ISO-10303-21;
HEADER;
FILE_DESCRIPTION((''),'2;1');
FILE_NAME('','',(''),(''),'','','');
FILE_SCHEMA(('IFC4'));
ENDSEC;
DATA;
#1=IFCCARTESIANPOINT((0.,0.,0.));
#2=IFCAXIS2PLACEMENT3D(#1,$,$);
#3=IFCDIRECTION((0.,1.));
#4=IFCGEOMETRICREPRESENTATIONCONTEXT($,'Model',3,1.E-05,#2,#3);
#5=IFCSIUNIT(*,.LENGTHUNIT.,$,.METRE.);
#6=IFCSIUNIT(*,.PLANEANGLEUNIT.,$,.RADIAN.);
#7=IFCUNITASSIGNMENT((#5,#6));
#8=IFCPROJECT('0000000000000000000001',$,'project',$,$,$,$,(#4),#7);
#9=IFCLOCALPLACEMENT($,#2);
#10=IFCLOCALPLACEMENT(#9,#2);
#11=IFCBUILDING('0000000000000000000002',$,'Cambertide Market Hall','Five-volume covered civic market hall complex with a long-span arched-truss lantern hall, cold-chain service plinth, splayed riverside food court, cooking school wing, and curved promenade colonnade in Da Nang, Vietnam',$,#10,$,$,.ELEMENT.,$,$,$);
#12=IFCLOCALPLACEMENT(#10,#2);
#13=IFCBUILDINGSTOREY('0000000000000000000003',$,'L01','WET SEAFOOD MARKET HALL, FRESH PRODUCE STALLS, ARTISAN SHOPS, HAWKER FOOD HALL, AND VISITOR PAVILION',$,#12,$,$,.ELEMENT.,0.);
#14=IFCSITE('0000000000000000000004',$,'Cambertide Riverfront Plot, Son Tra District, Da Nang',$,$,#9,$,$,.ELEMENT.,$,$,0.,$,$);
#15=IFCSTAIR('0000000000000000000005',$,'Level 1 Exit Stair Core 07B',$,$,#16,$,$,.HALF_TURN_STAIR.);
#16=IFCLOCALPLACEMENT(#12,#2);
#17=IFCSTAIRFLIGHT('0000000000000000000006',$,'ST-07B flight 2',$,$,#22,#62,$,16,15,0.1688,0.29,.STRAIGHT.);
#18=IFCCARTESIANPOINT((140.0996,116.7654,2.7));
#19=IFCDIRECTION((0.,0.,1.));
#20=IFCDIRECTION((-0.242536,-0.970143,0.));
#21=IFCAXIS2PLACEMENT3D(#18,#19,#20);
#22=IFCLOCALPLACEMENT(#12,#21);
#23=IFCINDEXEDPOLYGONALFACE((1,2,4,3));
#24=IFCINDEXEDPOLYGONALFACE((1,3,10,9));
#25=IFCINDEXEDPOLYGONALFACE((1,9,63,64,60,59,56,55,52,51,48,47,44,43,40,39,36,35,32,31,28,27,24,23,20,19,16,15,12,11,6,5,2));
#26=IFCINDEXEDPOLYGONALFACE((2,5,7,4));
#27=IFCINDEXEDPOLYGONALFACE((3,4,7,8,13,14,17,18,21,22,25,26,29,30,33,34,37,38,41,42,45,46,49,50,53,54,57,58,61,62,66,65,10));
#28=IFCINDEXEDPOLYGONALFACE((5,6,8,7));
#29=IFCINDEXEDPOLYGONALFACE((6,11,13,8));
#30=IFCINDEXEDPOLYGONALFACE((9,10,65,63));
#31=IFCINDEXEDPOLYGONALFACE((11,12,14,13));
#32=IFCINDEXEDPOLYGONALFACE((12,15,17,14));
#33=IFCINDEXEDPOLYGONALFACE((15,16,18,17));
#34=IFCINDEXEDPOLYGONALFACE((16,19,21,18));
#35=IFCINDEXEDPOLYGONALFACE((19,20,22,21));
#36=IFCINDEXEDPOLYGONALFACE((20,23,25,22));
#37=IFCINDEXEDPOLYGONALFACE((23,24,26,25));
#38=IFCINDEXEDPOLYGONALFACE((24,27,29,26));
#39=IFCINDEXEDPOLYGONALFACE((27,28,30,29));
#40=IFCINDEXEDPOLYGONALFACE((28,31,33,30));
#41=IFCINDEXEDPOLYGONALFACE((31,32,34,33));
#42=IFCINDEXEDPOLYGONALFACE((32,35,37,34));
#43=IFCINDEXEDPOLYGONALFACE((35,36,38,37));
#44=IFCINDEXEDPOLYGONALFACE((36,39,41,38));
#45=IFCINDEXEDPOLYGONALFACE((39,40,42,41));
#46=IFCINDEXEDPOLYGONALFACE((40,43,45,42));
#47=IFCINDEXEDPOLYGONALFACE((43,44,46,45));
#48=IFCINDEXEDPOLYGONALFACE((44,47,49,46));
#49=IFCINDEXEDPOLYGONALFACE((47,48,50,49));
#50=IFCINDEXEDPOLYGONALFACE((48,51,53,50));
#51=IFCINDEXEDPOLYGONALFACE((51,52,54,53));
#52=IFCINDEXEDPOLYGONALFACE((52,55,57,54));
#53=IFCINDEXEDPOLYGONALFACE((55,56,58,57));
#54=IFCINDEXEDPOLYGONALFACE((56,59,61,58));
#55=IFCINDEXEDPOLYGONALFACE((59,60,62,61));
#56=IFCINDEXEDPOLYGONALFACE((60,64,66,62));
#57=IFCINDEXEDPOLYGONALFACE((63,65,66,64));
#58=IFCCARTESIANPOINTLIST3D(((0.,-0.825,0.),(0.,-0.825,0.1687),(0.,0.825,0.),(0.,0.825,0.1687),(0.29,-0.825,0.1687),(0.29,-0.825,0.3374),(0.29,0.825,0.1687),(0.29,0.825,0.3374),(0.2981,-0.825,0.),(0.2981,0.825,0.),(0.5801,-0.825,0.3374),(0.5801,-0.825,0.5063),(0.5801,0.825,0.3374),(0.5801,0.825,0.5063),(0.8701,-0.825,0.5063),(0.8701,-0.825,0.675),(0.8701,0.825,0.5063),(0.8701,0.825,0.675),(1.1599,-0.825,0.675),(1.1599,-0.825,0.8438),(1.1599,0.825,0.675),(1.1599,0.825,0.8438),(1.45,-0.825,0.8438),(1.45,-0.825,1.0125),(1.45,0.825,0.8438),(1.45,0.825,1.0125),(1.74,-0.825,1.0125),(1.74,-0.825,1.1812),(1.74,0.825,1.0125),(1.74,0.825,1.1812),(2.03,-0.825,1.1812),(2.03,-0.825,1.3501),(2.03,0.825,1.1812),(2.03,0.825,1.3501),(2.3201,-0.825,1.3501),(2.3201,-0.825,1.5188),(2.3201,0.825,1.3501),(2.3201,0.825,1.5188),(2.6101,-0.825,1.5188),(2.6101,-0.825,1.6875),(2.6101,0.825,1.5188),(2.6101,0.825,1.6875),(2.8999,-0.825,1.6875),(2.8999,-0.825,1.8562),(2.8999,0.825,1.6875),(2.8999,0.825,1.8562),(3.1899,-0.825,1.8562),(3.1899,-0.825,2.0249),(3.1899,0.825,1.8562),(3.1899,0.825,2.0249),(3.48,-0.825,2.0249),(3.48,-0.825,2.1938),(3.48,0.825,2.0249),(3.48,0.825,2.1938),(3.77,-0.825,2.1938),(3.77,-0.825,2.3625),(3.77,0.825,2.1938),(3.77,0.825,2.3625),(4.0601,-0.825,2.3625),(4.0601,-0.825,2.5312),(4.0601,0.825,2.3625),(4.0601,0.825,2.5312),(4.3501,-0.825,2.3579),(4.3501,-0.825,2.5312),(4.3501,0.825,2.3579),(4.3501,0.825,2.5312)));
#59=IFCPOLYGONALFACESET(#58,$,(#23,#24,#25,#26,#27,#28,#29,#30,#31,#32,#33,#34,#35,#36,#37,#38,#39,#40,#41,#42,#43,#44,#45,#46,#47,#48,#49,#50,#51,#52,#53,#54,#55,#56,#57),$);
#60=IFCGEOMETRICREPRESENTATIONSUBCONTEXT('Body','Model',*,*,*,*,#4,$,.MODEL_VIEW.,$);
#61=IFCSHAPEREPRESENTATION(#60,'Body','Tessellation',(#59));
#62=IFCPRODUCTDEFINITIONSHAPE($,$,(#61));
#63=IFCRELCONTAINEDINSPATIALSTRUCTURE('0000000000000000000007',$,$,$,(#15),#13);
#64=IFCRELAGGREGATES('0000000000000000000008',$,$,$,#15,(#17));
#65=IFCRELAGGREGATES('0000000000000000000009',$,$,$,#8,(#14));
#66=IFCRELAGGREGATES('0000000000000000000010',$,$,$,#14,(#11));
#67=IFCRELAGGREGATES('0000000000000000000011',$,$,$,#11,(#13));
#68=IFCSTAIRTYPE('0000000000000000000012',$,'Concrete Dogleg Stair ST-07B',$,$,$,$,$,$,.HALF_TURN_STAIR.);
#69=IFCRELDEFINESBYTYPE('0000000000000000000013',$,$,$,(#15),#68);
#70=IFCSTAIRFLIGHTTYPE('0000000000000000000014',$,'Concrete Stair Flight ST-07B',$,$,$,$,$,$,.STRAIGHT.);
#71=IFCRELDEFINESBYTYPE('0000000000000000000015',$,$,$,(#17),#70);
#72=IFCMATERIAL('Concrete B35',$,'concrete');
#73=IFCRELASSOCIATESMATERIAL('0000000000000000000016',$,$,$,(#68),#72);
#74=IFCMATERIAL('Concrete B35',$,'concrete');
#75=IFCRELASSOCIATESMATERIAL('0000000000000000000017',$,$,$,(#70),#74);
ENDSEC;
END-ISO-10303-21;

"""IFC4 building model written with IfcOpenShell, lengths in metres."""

from ifc_helpers import new_model, si_unit, direction, frame, origin, place, context, subcontext, project, spatial, polyline, outline, extrude, material, type_object, element, aggregate, save


model = new_model("IFC4")

# Units and contexts
model_context = context("Model", 3, precision=1e-05, world=origin(), true_north=direction((0.0, 1.0)))
body_context = subcontext(model_context, "Body", "Model", "MODEL_VIEW")
ifc_project = project(units=[si_unit("LENGTHUNIT", "METRE"), si_unit("PLANEANGLEUNIT", "RADIAN")], contexts=[model_context])

# Site, building, storey
site_placement = place(None, origin())
site = spatial("IfcSite", under=ifc_project, at=site_placement, Name="Cambertide Riverfront Plot, Son Tra District, Da Nang", CompositionType="ELEMENT", RefElevation=0.0)
building_placement = place(site_placement, origin())
building = spatial("IfcBuilding", under=site, at=building_placement, Name="Cambertide Market Hall", Description="Five-volume covered civic market hall complex with a long-span arched-truss lantern hall, cold-chain service plinth, splayed riverside food court, cooking school wing, and curved promenade colonnade in Da Nang, Vietnam", CompositionType="ELEMENT")
storey_placement = place(building_placement, origin())
storey = spatial("IfcBuildingStorey", under=building, at=storey_placement, Name="L01", Description="WET SEAFOOD MARKET HALL, FRESH PRODUCE STALLS, ARTISAN SHOPS, HAWKER FOOD HALL, AND VISITOR PAVILION", CompositionType="ELEMENT", Elevation=0.0)

# Stair, stair flight
ifc_material_1 = material(Name="Concrete B35", Category="concrete")
stair_type = type_object("IfcStairType", Name="Concrete Dogleg Stair ST-07B", PredefinedType="HALF_TURN_STAIR", material=ifc_material_1)
stair_placement = place(storey_placement, origin())
stair = element("IfcStair", 1, at=stair_placement, inside=storey, type_object=stair_type, Name="Level 1 Exit Stair Core 07B", PredefinedType="HALF_TURN_STAIR")
ifc_material_2 = material(Name="Concrete B35", Category="concrete")
stair_flight_type = type_object("IfcStairFlightType", Name="Concrete Stair Flight ST-07B", PredefinedType="STRAIGHT", material=ifc_material_2)
stair_flight_placement = place(storey_placement, frame((140.0996, 116.7654, 2.7), z_axis=(0.0, 0.0, 1.0), x_axis=(-0.242536, -0.970143, 0.0)))
stair_flight = element("IfcStairFlight", 2, at=stair_flight_placement, type_object=stair_flight_type, Name="ST-07B flight 2", NumberOfRisers=16, NumberOfTreads=15, PredefinedType="STRAIGHT", RiserHeight=0.1688, TreadLength=0.29, context=body_context, shape_type="SweptSolid", body=[
    extrude(outline(polyline([(0.0, 0.0), (0.0, 0.1687), (0.29, 0.1687), (0.29, 0.3374), (0.5801, 0.3374), (0.5801, 0.5063), (0.8701, 0.5063), (0.8701, 0.675), (1.1599, 0.675), (1.1599, 0.8438), (1.45, 0.8438), (1.45, 1.0125), (1.74, 1.0125), (1.74, 1.1812), (2.03, 1.1812), (2.03, 1.3501), (2.3201, 1.3501), (2.3201, 1.5188), (2.6101, 1.5188), (2.6101, 1.6875), (2.8999, 1.6875), (2.8999, 1.8562), (3.1899, 1.8562), (3.1899, 2.0249), (3.48, 2.0249), (3.48, 2.1938), (3.77, 2.1938), (3.77, 2.3625), (4.0601, 2.3625), (4.0601, 2.5312), (4.3501, 2.5312), (4.3501, 2.7), (4.3501, 2.3579), (0.2981, 0.0), (0.0, 0.0)])), frame((0.0, 0.825, 0.0), z_axis=(0.0, -1.0, 0.0), x_axis=(1.0, 0.0, 0.0)), (0.0, 0.0, 1.0), 1.6499),
])
aggregate(stair, [stair_flight])

save(model, "model.ifc")
